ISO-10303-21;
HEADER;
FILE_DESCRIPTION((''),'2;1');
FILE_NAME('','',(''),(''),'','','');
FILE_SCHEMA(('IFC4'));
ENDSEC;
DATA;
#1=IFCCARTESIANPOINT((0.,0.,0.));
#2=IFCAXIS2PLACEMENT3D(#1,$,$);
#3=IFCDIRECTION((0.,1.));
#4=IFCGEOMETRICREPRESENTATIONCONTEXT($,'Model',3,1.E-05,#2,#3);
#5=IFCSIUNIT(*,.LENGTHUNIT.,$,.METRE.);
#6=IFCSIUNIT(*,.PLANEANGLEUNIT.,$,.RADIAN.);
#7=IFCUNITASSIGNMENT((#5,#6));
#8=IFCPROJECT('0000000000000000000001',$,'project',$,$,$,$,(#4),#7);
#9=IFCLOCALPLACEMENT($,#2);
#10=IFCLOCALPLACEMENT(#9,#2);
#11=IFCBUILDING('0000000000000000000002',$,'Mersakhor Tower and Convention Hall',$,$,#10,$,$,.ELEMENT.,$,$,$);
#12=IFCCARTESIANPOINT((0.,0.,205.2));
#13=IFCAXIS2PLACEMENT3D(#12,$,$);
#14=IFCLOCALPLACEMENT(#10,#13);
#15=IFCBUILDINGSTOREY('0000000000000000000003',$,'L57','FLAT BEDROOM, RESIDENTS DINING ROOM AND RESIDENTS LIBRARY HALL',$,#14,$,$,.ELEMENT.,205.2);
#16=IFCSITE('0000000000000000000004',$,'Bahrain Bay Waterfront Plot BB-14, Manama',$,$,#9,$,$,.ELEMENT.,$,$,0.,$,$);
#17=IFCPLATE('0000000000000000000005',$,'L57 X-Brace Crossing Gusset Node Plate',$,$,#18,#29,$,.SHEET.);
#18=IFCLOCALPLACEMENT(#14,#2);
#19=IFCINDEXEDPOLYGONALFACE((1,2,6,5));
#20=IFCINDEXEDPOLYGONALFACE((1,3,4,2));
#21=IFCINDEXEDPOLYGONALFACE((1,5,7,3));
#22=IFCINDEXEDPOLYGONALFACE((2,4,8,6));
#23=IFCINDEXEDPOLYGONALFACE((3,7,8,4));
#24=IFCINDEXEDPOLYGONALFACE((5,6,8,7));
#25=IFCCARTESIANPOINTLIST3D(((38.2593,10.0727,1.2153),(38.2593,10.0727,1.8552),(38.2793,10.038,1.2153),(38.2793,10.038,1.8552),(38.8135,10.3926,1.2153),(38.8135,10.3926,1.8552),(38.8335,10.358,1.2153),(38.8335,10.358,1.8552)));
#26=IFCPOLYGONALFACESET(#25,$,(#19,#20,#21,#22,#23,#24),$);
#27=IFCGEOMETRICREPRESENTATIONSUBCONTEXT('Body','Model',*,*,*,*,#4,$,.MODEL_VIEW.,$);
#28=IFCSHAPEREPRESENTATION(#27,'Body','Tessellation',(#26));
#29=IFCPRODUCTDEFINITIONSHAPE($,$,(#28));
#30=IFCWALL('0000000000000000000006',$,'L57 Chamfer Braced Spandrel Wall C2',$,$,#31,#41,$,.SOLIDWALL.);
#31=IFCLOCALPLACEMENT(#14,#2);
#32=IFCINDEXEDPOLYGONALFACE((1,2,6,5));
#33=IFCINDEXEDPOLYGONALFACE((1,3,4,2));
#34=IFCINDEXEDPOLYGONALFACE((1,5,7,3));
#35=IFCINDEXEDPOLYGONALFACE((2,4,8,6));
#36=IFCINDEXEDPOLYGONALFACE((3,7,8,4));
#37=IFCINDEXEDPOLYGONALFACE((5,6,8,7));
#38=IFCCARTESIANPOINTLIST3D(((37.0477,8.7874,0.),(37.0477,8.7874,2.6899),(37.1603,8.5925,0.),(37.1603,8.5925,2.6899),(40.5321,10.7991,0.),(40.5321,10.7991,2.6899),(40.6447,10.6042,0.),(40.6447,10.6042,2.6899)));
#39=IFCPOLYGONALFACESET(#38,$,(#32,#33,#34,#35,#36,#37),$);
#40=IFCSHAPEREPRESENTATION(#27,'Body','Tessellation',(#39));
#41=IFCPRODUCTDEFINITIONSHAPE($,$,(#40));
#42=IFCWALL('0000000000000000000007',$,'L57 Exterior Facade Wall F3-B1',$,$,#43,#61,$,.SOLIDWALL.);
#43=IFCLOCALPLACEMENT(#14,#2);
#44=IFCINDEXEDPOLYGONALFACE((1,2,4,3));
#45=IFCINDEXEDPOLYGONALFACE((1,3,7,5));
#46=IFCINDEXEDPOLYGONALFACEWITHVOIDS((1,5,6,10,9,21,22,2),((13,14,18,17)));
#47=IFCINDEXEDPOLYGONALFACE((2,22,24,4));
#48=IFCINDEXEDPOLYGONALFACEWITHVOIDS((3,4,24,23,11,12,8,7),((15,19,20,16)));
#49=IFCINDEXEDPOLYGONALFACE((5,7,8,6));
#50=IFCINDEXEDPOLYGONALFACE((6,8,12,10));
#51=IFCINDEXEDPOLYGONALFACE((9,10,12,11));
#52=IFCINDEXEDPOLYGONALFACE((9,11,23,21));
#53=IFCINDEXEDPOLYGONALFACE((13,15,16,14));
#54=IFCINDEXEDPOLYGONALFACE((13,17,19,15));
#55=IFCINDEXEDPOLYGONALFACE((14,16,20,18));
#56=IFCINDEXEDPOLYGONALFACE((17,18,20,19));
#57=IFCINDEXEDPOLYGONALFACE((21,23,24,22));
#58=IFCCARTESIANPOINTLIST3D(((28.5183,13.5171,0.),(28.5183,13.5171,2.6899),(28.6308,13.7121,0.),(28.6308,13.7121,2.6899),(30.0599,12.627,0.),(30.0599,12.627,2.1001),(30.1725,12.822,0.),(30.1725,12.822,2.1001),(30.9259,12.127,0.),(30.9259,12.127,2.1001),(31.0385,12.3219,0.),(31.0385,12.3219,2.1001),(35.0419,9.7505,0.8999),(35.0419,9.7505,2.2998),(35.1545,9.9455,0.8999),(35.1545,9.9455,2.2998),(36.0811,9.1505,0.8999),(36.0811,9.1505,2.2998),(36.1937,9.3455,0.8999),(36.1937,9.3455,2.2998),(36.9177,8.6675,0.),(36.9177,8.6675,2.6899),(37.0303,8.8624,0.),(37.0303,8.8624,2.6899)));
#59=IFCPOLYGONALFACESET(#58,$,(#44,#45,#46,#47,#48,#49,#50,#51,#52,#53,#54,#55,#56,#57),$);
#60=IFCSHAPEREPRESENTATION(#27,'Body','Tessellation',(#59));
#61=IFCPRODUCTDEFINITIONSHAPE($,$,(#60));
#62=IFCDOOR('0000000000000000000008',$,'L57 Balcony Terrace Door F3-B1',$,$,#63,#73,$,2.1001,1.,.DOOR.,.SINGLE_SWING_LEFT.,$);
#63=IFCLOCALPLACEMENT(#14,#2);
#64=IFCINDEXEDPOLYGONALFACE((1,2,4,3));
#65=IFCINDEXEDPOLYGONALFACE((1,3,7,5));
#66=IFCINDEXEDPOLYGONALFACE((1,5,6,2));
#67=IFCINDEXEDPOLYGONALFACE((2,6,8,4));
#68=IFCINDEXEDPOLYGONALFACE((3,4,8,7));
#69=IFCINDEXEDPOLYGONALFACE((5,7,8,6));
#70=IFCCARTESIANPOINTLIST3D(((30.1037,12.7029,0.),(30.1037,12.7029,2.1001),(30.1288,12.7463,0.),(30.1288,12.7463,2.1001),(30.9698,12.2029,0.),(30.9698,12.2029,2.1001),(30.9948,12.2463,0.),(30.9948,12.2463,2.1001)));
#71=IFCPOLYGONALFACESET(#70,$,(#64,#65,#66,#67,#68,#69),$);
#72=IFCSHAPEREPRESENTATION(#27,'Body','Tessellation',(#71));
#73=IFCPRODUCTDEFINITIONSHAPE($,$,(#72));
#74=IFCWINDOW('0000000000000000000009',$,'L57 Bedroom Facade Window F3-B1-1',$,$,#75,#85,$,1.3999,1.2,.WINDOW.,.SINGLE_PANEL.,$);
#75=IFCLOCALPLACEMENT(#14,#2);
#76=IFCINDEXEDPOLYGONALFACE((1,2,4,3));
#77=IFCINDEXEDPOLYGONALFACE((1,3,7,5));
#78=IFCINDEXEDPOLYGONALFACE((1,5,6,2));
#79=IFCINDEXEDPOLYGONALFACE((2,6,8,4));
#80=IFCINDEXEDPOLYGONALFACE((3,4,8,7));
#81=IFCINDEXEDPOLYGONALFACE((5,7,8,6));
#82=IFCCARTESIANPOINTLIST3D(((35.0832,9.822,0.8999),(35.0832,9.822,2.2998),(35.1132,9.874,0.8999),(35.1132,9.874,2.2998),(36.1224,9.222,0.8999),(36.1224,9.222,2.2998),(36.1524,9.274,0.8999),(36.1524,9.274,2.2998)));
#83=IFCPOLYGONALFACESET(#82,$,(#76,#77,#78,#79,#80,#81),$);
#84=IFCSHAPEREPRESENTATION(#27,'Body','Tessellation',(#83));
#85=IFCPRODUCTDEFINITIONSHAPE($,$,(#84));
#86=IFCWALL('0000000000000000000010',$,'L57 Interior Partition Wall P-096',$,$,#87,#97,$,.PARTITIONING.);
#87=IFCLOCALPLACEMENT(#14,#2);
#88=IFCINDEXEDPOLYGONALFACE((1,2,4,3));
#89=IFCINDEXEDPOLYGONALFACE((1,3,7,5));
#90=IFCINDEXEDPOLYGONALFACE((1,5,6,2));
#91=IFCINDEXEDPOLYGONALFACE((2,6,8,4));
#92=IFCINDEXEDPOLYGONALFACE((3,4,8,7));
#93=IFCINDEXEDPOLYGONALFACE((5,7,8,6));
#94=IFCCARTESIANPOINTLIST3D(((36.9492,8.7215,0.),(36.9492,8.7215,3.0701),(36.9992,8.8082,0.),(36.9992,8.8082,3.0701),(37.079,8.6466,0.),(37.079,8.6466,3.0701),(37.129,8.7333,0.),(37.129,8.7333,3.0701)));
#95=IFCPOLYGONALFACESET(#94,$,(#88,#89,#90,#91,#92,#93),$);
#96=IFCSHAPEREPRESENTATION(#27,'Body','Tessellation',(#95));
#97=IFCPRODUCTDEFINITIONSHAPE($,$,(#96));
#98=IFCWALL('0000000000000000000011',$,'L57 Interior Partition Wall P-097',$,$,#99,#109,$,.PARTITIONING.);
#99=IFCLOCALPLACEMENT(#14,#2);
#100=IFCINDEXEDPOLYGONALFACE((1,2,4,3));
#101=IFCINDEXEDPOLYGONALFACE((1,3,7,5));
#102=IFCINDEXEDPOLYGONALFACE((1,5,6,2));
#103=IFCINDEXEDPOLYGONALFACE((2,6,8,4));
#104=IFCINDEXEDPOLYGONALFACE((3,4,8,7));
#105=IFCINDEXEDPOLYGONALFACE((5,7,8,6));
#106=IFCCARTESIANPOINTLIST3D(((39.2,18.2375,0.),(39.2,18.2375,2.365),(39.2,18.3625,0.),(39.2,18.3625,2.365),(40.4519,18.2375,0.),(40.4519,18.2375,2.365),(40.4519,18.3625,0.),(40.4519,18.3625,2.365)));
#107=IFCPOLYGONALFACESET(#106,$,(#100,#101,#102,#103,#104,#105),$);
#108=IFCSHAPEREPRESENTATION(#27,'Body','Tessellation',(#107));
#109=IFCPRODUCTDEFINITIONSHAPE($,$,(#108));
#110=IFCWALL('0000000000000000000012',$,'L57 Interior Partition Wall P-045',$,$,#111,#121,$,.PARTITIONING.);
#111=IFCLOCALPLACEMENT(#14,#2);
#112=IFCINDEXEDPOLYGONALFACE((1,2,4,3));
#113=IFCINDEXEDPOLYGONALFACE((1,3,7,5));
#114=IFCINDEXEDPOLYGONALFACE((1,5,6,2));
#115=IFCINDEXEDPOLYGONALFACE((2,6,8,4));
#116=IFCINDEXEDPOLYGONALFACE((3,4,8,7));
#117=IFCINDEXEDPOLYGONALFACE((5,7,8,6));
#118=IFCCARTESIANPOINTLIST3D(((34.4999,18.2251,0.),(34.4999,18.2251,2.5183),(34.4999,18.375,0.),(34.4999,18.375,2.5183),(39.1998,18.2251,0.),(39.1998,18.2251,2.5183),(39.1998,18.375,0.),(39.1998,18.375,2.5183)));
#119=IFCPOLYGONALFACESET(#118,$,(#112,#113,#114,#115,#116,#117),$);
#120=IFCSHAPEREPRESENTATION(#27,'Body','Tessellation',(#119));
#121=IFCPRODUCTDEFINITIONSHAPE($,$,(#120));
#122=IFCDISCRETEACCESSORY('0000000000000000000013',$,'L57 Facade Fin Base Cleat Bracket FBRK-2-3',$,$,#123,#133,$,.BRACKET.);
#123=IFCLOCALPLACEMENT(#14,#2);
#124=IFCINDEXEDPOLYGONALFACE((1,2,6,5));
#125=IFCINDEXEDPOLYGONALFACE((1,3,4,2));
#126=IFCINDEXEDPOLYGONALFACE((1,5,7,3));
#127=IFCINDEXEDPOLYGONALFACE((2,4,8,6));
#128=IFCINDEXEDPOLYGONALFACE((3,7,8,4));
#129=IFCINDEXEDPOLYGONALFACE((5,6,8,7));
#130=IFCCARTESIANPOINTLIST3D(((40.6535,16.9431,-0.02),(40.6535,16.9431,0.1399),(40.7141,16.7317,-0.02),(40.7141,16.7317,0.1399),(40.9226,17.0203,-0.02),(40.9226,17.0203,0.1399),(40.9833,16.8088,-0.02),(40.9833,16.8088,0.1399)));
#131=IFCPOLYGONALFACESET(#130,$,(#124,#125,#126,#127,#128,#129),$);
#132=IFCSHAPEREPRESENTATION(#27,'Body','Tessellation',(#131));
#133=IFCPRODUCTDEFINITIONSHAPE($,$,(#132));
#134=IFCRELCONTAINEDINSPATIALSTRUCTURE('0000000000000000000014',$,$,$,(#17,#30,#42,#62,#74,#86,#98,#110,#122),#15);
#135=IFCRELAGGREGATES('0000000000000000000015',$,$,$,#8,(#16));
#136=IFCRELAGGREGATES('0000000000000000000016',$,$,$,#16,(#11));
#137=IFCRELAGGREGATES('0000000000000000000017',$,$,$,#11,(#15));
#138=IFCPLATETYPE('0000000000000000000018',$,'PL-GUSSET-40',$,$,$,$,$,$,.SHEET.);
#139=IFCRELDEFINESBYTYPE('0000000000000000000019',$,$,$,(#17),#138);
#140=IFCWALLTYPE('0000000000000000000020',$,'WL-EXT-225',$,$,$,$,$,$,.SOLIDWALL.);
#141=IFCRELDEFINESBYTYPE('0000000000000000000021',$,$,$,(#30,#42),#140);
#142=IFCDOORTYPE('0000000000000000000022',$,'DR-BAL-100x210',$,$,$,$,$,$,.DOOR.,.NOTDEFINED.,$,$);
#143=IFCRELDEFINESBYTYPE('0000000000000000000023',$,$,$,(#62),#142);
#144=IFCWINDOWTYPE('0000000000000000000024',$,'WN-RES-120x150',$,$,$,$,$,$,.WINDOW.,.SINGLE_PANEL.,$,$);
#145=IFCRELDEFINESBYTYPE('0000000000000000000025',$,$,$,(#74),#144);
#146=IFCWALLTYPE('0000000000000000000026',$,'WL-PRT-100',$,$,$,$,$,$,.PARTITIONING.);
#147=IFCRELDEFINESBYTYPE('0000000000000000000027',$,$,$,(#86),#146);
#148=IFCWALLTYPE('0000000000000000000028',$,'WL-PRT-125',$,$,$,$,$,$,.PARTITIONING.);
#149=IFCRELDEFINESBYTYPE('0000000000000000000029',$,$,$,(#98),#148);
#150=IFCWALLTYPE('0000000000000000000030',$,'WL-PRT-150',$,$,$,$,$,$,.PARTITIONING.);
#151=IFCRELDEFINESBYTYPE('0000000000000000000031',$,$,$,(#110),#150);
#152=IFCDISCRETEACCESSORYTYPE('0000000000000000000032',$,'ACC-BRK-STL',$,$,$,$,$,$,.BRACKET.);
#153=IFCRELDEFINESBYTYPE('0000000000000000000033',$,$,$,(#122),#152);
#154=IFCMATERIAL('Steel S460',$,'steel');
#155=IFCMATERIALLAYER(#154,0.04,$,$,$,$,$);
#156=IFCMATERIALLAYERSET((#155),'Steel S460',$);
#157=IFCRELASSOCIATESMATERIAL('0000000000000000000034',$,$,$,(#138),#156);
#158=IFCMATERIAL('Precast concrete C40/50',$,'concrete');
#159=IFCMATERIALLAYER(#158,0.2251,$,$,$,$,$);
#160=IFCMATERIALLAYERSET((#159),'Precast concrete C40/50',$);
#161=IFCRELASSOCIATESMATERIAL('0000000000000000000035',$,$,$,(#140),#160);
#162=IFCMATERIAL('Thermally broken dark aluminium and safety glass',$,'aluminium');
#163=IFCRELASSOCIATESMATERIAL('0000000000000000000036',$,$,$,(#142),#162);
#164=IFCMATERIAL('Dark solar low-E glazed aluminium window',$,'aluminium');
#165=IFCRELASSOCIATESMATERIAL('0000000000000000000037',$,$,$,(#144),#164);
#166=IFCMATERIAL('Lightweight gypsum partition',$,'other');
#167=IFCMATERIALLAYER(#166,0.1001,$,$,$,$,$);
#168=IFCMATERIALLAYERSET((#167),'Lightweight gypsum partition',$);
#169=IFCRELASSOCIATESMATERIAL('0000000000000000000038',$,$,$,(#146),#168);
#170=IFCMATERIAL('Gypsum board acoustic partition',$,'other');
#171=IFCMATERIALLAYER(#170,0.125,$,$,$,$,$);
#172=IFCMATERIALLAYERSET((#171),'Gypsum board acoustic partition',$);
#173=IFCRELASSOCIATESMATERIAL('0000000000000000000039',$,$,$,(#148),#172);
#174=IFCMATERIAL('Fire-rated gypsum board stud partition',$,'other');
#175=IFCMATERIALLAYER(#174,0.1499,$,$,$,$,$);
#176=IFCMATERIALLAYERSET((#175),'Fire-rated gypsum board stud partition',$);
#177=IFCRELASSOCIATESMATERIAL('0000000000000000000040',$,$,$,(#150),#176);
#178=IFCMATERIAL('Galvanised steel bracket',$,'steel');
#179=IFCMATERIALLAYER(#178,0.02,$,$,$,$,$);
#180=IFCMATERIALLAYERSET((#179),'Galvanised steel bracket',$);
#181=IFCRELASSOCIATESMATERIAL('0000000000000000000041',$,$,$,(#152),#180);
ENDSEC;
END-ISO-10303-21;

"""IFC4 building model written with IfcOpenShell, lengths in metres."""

from ifc_helpers import new_model, si_unit, direction, frame, frame_2d, origin, origin_2d, place, context, subcontext, project, spatial, rectangle, extrude, material, layer, layer_set, type_object, element, fill, save


model = new_model("IFC4")

# Units and contexts
model_context = context("Model", 3, precision=1e-05, world=origin(), true_north=direction((0.0, 1.0)))
body_context = subcontext(model_context, "Body", "Model", "MODEL_VIEW")
ifc_project = project(units=[si_unit("LENGTHUNIT", "METRE"), si_unit("PLANEANGLEUNIT", "RADIAN")], contexts=[model_context])

# Site, building, storey
site_placement = place(None, origin())
site = spatial("IfcSite", under=ifc_project, at=site_placement, Name="Bahrain Bay Waterfront Plot BB-14, Manama", CompositionType="ELEMENT", RefElevation=0.0)
building_placement = place(site_placement, origin())
building = spatial("IfcBuilding", under=site, at=building_placement, Name="Mersakhor Tower and Convention Hall", CompositionType="ELEMENT")
storey_placement = place(building_placement, frame((0.0, 0.0, 205.2)))
storey = spatial("IfcBuildingStorey", under=building, at=storey_placement, Name="L57", Description="FLAT BEDROOM, RESIDENTS DINING ROOM AND RESIDENTS LIBRARY HALL", CompositionType="ELEMENT", Elevation=205.2)

# Plate
ifc_material_1 = material(Name="Steel S460", Category="steel")
ifc_layer_1 = layer(ifc_material_1, 0.04)
ifc_layer_set_1 = layer_set([ifc_layer_1], Name="Steel S460")
plate_type_1 = type_object("IfcPlateType", Name="PL-GUSSET-40", PredefinedType="SHEET", material=ifc_layer_set_1)
plate_1_placement = place(storey_placement, frame((38.5464, 10.2153, 1.2153), z_axis=(0.0, 0.0, 1.0), x_axis=(0.866025, 0.5, 0.0)))
element("IfcPlate", 1, at=plate_1_placement, inside=storey, type_object=plate_type_1, Name="L57 X-Brace Crossing Gusset Node Plate", PredefinedType="SHEET", context=body_context, shape_type="SweptSolid", body=[
    extrude(rectangle(XDim=0.6399, YDim=0.04, at=origin_2d()), origin(), (0.0, 0.0, 1.0), 0.6399),
])

# Wall
ifc_material_2 = material(Name="Precast concrete C40/50", Category="concrete")
ifc_layer_2 = layer(ifc_material_2, 0.2251)
ifc_layer_set_2 = layer_set([ifc_layer_2], Name="Precast concrete C40/50")
wall_type_1 = type_object("IfcWallType", Name="WL-EXT-225", PredefinedType="SOLIDWALL", material=ifc_layer_set_2)
wall_1_placement = place(storey_placement, frame((40.5884, 10.7017, 0.0), z_axis=(0.0, 0.0, 1.0), x_axis=(-0.866024, -0.500003, 0.0)))
element("IfcWall", 2, at=wall_1_placement, inside=storey, type_object=wall_type_1, Name="L57 Chamfer Braced Spandrel Wall C2", PredefinedType="SOLIDWALL", context=body_context, shape_type="SweptSolid", body=[
    extrude(rectangle(XDim=4.0234, YDim=0.2251, at=frame_2d((2.0117, 0.0))), origin(), (0.0, 0.0, 1.0), 2.6899),
])

# Wall, openings, door, window
wall_2_placement = place(storey_placement, frame((36.9741, 8.7649, 0.0), z_axis=(0.0, 0.0, 1.0), x_axis=(-0.866016, 0.500016, 0.0)))
wall_2 = element("IfcWall", 3, at=wall_2_placement, inside=storey, type_object=wall_type_1, Name="L57 Exterior Facade Wall F3-B1", PredefinedType="SOLIDWALL", context=body_context, shape_type="SweptSolid", body=[
    extrude(rectangle(XDim=9.699, YDim=0.2251, at=frame_2d((4.8496, 0.0))), origin(), (0.0, 0.0, 1.0), 2.6899),
])
opening_1_placement = place(wall_2_placement, frame((6.9189, 0.0, 0.0)))
opening_1 = element("IfcOpeningElement", 4, at=opening_1_placement, cuts=wall_2, PredefinedType="OPENING", context=body_context, shape_type="SweptSolid", body=[
    extrude(rectangle(XDim=1.0, YDim=2.1001, at=frame_2d((0.5, 1.05))), frame((0.0, 0.1226, 0.0), z_axis=(0.0, -1.0, 0.0), x_axis=(1.0, 0.0, 0.0)), (0.0, 0.0, 1.0), 0.2451),
])
opening_2_placement = place(wall_2_placement, frame((0.9661, 0.0, 0.8999)))
opening_2 = element("IfcOpeningElement", 5, at=opening_2_placement, cuts=wall_2, PredefinedType="OPENING", context=body_context, shape_type="SweptSolid", body=[
    extrude(rectangle(XDim=1.2, YDim=1.3999, at=frame_2d((0.6001, 0.7))), frame((0.0, 0.1226, 0.0), z_axis=(0.0, -1.0, 0.0), x_axis=(1.0, 0.0, 0.0)), (0.0, 0.0, 1.0), 0.2451),
])
ifc_material_3 = material(Name="Thermally broken dark aluminium and safety glass", Category="aluminium")
door_type = type_object("IfcDoorType", Name="DR-BAL-100x210", OperationType="NOTDEFINED", PredefinedType="DOOR", material=ifc_material_3)
door_placement = place(opening_1_placement, origin())
door = element("IfcDoor", 6, at=door_placement, inside=storey, type_object=door_type, Name="L57 Balcony Terrace Door F3-B1", OperationType="SINGLE_SWING_LEFT", OverallHeight=2.1001, OverallWidth=1.0, PredefinedType="DOOR", context=body_context, shape_type="SweptSolid", body=[
    extrude(rectangle(XDim=1.0, YDim=2.1001, at=frame_2d((0.5, 1.05))), frame((0.0, 0.0249, 0.0), z_axis=(0.0, -1.0, 0.0), x_axis=(1.0, 0.0, 0.0)), (0.0, 0.0, 1.0), 0.05),
])
fill(opening_1, door)
ifc_material_4 = material(Name="Dark solar low-E glazed aluminium window", Category="aluminium")
window_type = type_object("IfcWindowType", Name="WN-RES-120x150", PartitioningType="SINGLE_PANEL", PredefinedType="WINDOW", material=ifc_material_4)
window_placement = place(opening_2_placement, origin())
window = element("IfcWindow", 7, at=window_placement, inside=storey, type_object=window_type, Name="L57 Bedroom Facade Window F3-B1-1", OverallHeight=1.3999, OverallWidth=1.2, PartitioningType="SINGLE_PANEL", PredefinedType="WINDOW", context=body_context, shape_type="SweptSolid", body=[
    extrude(rectangle(XDim=1.2, YDim=1.3999, at=frame_2d((0.6001, 0.7))), frame((0.0, 0.03, 0.0), z_axis=(0.0, -1.0, 0.0), x_axis=(1.0, 0.0, 0.0)), (0.0, 0.0, 1.0), 0.0601),
])
fill(opening_2, window)

# Walls
ifc_material_5 = material(Name="Lightweight gypsum partition", Category="other")
ifc_layer_3 = layer(ifc_material_5, 0.1001)
ifc_layer_set_3 = layer_set([ifc_layer_3], Name="Lightweight gypsum partition")
wall_type_2 = type_object("IfcWallType", Name="WL-PRT-100", PredefinedType="PARTITIONING", material=ifc_layer_set_3)
wall_3_placement = place(storey_placement, frame((37.104, 8.6899, 0.0), z_axis=(0.0, 0.0, 1.0), x_axis=(-0.866131, 0.499816, 0.0)))
element("IfcWall", 8, at=wall_3_placement, inside=storey, type_object=wall_type_2, Name="L57 Interior Partition Wall P-096", PredefinedType="PARTITIONING", context=body_context, shape_type="SweptSolid", body=[
    extrude(rectangle(XDim=0.1499, YDim=0.1001, at=frame_2d((0.075, 0.0))), origin(), (0.0, 0.0, 1.0), 3.0701),
])
ifc_material_6 = material(Name="Gypsum board acoustic partition", Category="other")
ifc_layer_4 = layer(ifc_material_6, 0.125)
ifc_layer_set_4 = layer_set([ifc_layer_4], Name="Gypsum board acoustic partition")
wall_type_3 = type_object("IfcWallType", Name="WL-PRT-125", PredefinedType="PARTITIONING", material=ifc_layer_set_4)
wall_4_placement = place(storey_placement, frame((39.2, 18.3, 0.0), z_axis=(0.0, 0.0, 1.0), x_axis=(1.0, 0.0, 0.0)))
element("IfcWall", 9, at=wall_4_placement, inside=storey, type_object=wall_type_3, Name="L57 Interior Partition Wall P-097", PredefinedType="PARTITIONING", context=body_context, shape_type="SweptSolid", body=[
    extrude(rectangle(XDim=1.252, YDim=0.125, at=frame_2d((0.626, 0.0))), origin(), (0.0, 0.0, 1.0), 2.365),
])
ifc_material_7 = material(Name="Fire-rated gypsum board stud partition", Category="other")
ifc_layer_5 = layer(ifc_material_7, 0.1499)
ifc_layer_set_5 = layer_set([ifc_layer_5], Name="Fire-rated gypsum board stud partition")
wall_type_4 = type_object("IfcWallType", Name="WL-PRT-150", PredefinedType="PARTITIONING", material=ifc_layer_set_5)
wall_5_placement = place(storey_placement, frame((39.2, 18.3, 0.0), z_axis=(0.0, 0.0, 1.0), x_axis=(-1.0, 0.0, 0.0)))
element("IfcWall", 10, at=wall_5_placement, inside=storey, type_object=wall_type_4, Name="L57 Interior Partition Wall P-045", PredefinedType="PARTITIONING", context=body_context, shape_type="SweptSolid", body=[
    extrude(rectangle(XDim=4.7, YDim=0.1499, at=frame_2d((2.3501, 0.0))), origin(), (0.0, 0.0, 1.0), 2.5183),
])

# Discrete accessory
ifc_material_8 = material(Name="Galvanised steel bracket", Category="steel")
ifc_layer_6 = layer(ifc_material_8, 0.02)
ifc_layer_set_6 = layer_set([ifc_layer_6], Name="Galvanised steel bracket")
discrete_accessory_type = type_object("IfcDiscreteAccessoryType", Name="ACC-BRK-STL", PredefinedType="BRACKET", material=ifc_layer_set_6)
discrete_accessory_placement = place(storey_placement, frame((40.8184, 16.876, -0.02), z_axis=(0.0, 0.0, 1.0), x_axis=(0.961262, 0.275637, 0.0)))
element("IfcDiscreteAccessory", 11, at=discrete_accessory_placement, inside=storey, type_object=discrete_accessory_type, Name="L57 Facade Fin Base Cleat Bracket FBRK-2-3", PredefinedType="BRACKET", context=body_context, shape_type="SweptSolid", body=[
    extrude(rectangle(XDim=0.28, YDim=0.22, at=origin_2d()), origin(), (0.0, 0.0, 1.0), 0.1599),
])

save(model, "model.ifc")
